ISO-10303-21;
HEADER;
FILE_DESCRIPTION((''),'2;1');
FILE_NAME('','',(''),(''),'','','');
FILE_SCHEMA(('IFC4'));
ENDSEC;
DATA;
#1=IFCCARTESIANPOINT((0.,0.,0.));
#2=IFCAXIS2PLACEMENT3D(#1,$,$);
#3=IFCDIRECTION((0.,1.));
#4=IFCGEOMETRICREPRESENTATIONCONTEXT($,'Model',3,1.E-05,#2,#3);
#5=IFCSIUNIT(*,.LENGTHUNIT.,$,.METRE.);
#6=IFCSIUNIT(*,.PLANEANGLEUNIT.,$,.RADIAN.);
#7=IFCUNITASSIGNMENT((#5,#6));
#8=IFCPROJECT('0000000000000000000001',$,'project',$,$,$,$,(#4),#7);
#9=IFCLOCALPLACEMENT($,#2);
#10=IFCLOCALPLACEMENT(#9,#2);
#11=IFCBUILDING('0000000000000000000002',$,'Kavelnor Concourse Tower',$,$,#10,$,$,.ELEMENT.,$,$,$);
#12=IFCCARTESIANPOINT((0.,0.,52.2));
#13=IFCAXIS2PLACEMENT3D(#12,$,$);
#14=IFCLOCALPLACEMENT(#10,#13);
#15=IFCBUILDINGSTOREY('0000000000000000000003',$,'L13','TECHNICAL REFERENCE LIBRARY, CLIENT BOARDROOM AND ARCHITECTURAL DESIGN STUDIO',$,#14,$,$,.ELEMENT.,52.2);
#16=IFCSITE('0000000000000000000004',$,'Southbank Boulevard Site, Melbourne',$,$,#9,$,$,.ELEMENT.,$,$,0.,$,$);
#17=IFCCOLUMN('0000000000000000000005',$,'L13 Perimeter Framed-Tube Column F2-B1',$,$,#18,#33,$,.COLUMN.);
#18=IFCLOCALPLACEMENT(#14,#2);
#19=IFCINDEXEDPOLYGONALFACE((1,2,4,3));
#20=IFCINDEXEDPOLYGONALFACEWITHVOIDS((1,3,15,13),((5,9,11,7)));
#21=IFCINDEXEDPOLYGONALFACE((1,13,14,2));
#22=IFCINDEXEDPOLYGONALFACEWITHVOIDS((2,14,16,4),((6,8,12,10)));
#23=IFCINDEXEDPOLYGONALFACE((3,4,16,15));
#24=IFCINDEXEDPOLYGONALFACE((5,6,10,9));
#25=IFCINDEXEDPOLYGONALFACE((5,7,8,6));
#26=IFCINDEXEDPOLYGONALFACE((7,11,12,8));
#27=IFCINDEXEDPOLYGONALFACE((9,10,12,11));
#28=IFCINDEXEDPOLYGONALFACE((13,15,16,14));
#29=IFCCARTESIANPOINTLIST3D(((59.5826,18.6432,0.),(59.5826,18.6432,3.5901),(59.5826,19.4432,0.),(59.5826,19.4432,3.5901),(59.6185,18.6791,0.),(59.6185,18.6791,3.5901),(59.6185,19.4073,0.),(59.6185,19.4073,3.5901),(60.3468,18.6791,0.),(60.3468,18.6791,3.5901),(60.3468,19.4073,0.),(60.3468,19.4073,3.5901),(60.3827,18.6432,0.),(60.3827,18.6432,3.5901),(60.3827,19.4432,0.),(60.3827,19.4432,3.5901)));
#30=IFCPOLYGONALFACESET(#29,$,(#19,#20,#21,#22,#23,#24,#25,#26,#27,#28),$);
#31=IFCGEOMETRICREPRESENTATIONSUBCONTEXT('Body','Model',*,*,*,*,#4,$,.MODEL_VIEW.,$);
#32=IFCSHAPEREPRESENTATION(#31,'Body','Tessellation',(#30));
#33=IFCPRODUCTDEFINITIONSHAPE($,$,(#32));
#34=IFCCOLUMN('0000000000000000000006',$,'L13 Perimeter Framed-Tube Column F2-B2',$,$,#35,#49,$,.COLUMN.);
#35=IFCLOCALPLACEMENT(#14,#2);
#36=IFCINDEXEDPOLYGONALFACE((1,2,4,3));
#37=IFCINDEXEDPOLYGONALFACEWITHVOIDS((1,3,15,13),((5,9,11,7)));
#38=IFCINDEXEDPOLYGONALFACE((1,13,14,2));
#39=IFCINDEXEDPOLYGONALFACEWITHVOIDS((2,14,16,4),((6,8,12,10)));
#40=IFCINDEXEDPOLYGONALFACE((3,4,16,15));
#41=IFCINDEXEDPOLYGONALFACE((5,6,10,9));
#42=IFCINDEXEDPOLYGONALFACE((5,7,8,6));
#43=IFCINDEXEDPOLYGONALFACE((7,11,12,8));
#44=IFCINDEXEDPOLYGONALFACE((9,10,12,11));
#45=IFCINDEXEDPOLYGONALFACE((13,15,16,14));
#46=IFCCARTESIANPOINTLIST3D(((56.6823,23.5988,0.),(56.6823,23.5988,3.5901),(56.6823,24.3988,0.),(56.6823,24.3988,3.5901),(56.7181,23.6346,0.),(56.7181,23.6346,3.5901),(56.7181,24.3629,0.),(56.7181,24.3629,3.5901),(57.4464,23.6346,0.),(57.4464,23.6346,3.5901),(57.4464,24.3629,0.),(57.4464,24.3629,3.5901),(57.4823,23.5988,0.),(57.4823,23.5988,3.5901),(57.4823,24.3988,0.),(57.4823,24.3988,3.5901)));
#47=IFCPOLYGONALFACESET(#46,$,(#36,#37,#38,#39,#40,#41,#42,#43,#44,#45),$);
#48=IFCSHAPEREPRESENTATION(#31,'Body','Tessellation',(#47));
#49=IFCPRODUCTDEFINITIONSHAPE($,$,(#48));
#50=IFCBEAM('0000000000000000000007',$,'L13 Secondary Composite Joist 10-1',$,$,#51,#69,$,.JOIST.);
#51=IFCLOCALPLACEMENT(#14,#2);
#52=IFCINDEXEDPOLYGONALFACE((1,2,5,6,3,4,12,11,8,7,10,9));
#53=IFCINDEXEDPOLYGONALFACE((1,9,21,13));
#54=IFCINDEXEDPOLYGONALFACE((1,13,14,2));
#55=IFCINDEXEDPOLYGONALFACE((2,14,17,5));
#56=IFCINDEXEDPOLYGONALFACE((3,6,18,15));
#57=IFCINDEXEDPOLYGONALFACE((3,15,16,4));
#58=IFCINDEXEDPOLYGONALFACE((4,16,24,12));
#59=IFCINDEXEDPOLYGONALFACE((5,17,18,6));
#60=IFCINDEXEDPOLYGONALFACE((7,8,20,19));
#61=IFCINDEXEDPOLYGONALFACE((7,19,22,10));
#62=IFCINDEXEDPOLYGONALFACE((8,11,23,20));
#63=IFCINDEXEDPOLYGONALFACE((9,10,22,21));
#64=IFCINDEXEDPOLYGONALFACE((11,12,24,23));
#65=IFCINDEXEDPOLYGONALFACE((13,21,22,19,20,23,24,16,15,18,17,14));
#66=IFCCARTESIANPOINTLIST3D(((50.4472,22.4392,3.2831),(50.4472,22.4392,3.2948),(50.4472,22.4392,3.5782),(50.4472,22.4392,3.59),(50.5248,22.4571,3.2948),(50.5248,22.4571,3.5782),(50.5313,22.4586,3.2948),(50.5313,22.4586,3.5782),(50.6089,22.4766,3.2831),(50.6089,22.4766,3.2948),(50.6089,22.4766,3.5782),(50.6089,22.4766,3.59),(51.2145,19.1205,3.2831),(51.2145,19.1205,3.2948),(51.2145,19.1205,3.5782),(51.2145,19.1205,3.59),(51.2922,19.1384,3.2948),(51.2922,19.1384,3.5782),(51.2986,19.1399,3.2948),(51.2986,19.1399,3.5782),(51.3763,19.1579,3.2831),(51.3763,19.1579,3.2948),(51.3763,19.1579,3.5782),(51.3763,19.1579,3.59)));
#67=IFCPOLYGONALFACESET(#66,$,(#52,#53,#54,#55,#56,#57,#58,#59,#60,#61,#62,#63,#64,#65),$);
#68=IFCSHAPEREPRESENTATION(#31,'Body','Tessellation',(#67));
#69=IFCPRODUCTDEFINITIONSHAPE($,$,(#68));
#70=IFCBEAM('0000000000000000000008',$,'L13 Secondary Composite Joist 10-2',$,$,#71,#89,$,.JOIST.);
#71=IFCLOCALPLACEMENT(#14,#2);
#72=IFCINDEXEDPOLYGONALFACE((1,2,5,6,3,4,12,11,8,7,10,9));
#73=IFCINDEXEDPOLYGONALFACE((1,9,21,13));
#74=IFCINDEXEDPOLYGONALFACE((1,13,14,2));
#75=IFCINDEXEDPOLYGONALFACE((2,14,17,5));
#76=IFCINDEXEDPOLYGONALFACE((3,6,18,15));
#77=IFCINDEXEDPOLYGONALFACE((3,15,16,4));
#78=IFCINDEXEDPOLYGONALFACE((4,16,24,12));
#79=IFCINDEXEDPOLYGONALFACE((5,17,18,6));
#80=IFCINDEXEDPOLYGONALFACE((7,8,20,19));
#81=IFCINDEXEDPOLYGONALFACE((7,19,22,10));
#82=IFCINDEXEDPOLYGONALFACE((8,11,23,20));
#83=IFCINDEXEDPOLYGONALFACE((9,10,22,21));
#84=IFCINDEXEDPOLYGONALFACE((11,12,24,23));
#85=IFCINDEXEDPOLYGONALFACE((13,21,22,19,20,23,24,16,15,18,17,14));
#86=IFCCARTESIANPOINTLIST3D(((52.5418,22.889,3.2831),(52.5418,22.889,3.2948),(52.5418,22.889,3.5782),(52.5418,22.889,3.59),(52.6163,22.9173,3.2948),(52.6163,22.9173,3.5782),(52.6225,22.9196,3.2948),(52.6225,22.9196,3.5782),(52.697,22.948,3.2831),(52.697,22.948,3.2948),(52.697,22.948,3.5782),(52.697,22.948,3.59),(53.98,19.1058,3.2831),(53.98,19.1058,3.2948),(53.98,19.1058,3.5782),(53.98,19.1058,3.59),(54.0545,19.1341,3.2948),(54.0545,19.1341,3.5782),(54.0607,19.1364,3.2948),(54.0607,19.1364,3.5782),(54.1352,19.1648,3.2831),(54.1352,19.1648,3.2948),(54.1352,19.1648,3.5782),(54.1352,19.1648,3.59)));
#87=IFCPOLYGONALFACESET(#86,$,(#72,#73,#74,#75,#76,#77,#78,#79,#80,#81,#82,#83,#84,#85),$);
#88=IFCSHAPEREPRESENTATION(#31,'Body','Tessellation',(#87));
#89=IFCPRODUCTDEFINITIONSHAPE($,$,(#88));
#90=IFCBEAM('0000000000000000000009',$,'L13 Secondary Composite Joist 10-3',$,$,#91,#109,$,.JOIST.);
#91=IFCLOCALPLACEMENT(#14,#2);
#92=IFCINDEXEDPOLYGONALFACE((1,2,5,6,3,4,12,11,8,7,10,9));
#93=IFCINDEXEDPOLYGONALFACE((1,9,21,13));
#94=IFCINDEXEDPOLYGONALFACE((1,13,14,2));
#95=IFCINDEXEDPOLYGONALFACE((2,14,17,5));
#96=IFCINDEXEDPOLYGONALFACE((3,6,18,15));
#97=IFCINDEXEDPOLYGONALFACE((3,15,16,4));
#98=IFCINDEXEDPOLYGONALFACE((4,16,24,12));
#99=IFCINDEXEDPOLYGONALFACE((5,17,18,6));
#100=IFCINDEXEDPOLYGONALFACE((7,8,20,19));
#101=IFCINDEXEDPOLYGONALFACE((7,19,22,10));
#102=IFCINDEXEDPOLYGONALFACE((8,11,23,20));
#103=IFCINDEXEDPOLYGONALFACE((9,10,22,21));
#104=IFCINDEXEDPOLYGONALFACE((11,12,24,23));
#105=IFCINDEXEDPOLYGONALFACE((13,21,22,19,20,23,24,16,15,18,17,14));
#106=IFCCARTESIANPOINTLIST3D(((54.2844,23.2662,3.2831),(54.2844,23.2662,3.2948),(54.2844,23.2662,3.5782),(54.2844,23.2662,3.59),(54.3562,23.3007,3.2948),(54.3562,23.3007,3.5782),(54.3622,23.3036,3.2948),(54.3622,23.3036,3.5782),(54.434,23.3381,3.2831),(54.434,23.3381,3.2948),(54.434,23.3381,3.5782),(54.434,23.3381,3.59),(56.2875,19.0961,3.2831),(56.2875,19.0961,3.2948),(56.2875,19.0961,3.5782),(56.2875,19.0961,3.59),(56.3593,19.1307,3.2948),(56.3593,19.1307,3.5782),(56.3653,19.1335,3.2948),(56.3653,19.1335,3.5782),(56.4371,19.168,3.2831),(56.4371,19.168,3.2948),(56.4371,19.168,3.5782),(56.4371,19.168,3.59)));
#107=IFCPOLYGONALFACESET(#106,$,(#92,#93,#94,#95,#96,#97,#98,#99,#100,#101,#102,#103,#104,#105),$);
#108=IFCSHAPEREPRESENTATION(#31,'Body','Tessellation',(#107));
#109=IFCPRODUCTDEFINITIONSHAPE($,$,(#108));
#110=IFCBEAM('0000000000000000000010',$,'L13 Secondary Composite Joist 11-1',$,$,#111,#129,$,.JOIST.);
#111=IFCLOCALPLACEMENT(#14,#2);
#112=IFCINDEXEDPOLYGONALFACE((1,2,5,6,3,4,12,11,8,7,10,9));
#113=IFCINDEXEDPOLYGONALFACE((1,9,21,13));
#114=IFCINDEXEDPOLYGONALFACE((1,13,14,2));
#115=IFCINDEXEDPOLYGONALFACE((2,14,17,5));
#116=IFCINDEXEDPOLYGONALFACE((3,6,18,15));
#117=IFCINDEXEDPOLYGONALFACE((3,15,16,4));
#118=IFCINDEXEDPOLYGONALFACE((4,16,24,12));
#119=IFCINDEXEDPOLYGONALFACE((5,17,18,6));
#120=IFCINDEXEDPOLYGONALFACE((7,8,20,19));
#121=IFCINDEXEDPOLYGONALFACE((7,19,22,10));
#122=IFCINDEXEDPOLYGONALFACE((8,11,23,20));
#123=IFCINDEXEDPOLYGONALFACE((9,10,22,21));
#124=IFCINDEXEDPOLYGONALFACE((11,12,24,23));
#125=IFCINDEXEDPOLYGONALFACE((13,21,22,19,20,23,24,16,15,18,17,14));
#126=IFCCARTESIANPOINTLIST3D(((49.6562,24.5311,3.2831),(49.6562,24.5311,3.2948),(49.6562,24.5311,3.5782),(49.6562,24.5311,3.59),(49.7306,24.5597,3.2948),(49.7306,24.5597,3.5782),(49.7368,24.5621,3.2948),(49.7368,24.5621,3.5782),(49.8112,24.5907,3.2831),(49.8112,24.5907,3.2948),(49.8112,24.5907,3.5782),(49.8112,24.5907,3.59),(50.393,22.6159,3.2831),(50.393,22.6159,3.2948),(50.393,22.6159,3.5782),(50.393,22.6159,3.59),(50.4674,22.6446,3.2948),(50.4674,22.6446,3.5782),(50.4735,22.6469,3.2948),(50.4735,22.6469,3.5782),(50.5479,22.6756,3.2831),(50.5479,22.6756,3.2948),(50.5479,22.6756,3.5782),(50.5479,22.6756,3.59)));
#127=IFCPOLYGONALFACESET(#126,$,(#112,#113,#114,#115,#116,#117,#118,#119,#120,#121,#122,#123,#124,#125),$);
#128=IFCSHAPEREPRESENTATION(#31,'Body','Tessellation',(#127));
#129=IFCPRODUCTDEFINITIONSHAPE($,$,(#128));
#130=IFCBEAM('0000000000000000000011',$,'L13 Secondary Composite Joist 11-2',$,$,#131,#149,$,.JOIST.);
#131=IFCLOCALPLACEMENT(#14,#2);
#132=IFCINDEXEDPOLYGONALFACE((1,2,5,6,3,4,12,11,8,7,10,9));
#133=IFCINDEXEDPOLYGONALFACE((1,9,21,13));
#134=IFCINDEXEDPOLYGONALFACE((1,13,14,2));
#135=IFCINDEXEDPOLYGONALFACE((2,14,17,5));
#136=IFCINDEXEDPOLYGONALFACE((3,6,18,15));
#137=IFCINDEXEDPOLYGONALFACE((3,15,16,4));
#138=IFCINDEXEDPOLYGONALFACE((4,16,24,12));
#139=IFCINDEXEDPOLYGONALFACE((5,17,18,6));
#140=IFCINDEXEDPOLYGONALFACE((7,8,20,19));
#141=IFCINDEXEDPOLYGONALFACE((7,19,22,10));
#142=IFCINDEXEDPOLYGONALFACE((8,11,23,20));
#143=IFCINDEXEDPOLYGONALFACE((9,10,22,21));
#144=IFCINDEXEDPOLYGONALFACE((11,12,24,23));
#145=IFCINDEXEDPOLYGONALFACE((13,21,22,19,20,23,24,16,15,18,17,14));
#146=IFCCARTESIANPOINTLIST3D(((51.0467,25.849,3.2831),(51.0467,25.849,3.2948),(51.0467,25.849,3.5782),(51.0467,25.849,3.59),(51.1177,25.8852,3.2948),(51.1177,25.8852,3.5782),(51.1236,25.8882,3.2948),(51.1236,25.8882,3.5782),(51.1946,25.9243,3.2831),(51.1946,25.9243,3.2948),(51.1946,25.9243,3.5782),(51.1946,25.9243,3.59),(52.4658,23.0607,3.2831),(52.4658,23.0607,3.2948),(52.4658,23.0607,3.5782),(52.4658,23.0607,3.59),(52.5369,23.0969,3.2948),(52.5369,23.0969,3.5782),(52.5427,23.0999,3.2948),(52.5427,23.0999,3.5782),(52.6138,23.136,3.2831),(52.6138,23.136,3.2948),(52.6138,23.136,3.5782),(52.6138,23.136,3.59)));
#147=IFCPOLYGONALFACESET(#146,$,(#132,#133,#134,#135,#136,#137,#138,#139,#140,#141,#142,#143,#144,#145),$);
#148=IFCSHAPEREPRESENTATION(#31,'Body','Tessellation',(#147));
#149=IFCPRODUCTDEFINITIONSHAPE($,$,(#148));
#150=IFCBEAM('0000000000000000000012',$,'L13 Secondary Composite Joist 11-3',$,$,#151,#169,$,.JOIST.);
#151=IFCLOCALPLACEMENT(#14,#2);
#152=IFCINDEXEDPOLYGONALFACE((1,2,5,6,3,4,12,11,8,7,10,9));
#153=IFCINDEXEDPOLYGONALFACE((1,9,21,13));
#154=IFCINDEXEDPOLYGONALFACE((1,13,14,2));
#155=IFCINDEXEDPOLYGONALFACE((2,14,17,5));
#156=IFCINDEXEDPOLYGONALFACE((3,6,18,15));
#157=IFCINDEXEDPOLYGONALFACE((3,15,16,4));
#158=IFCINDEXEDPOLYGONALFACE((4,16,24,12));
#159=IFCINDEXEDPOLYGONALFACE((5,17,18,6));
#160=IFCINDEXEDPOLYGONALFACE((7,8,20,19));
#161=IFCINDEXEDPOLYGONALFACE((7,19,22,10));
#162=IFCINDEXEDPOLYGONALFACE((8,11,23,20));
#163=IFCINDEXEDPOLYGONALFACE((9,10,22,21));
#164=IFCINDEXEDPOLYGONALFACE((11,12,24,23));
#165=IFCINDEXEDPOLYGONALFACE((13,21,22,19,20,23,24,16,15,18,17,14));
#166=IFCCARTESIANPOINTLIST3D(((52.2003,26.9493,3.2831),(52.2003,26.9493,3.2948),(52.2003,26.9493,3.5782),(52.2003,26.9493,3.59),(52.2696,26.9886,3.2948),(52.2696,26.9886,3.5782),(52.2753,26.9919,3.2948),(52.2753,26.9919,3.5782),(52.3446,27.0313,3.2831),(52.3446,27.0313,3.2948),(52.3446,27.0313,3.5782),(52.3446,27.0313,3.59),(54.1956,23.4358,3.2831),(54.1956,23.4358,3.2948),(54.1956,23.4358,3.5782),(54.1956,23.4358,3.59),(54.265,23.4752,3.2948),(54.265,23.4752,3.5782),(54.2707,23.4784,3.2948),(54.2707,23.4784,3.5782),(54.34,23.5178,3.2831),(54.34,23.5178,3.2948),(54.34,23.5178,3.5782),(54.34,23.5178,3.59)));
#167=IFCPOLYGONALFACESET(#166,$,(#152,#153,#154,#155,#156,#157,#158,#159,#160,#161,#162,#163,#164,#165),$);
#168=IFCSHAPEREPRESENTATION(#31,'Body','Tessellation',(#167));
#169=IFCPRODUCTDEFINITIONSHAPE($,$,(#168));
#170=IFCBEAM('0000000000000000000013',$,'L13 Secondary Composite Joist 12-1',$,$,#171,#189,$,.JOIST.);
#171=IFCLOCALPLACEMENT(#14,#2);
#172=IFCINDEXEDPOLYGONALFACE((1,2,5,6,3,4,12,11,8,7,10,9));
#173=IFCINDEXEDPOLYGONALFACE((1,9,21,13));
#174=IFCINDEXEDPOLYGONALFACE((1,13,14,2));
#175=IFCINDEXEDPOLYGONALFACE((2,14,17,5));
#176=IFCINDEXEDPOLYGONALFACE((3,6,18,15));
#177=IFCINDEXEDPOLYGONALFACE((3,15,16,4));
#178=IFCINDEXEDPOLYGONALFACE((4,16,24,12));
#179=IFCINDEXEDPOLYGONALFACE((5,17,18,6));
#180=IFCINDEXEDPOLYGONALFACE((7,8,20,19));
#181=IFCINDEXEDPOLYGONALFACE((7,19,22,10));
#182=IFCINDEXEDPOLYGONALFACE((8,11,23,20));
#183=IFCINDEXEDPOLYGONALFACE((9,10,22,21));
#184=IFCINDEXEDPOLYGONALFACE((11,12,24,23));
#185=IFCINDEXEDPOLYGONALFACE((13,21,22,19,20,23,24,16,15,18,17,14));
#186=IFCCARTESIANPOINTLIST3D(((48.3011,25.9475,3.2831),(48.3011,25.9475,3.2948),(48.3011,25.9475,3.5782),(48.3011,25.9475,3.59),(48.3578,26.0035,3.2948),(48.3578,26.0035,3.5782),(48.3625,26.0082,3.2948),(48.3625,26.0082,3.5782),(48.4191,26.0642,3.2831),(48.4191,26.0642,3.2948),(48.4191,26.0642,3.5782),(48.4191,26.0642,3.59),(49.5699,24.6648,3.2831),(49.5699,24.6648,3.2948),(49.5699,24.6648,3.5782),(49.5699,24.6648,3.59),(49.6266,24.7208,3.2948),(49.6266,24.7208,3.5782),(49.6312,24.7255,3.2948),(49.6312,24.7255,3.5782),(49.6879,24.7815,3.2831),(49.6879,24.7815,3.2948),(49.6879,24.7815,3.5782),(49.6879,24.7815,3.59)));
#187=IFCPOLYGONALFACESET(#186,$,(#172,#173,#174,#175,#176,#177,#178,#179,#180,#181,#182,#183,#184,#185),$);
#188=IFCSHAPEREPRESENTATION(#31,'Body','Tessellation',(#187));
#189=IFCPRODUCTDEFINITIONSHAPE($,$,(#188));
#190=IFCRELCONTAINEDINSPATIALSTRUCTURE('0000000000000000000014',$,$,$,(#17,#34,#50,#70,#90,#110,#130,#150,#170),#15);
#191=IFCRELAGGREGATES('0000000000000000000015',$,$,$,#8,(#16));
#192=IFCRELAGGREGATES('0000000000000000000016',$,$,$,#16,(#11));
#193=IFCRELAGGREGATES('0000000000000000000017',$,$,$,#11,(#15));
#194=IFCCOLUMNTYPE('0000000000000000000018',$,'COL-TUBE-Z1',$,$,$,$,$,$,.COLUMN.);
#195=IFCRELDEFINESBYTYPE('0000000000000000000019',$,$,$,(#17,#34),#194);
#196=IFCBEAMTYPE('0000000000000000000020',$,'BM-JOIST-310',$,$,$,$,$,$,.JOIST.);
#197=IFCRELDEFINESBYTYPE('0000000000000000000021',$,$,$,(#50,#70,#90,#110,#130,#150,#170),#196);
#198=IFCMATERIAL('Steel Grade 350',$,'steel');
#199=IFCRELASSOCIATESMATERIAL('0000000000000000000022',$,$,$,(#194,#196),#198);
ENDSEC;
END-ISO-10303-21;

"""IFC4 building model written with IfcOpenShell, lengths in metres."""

from ifc_helpers import new_model, si_unit, direction, frame, origin, origin_2d, place, context, subcontext, project, spatial, hollow_rectangle, i_section, extrude, material, material_profile, profile_set, type_object, element, save


model = new_model("IFC4")

# Units and contexts
model_context = context("Model", 3, precision=1e-05, world=origin(), true_north=direction((0.0, 1.0)))
body_context = subcontext(model_context, "Body", "Model", "MODEL_VIEW")
ifc_project = project(units=[si_unit("LENGTHUNIT", "METRE"), si_unit("PLANEANGLEUNIT", "RADIAN")], contexts=[model_context])

# Site, building, storey
site_placement = place(None, origin())
site = spatial("IfcSite", under=ifc_project, at=site_placement, Name="Southbank Boulevard Site, Melbourne", CompositionType="ELEMENT", RefElevation=0.0)
building_placement = place(site_placement, origin())
building = spatial("IfcBuilding", under=site, at=building_placement, Name="Kavelnor Concourse Tower", CompositionType="ELEMENT")
storey_placement = place(building_placement, frame((0.0, 0.0, 52.2)))
storey = spatial("IfcBuildingStorey", under=building, at=storey_placement, Name="L13", Description="TECHNICAL REFERENCE LIBRARY, CLIENT BOARDROOM AND ARCHITECTURAL DESIGN STUDIO", CompositionType="ELEMENT", Elevation=52.2)

# Columns
ifc_material_1 = material(Name="Steel Grade 350", Category="steel")
ifc_material_profile_1 = material_profile(ifc_material_1, hollow_rectangle(XDim=0.8, YDim=0.8, WallThickness=0.0359, at=origin_2d()), Name="SHS 800x800x36")
ifc_profile_set_1 = profile_set([ifc_material_profile_1], Name="Steel Grade 350")
column_type = type_object("IfcColumnType", Name="COL-TUBE-Z1", PredefinedType="COLUMN", material=ifc_profile_set_1)
for number, where, z_axis, x_axis, name in (
    (1, (59.9827, 19.0432, 0.0), (0.0, 0.0, 1.0), (1.0, 0.0, 0.0), "L13 Perimeter Framed-Tube Column F2-B1"),
    (2, (57.0823, 23.9988, 0.0), (0.0, 0.0, 1.0), (1.0, 0.0, 0.0), "L13 Perimeter Framed-Tube Column F2-B2"),
):
    element("IfcColumn", number, at=place(storey_placement, frame(where, z_axis=z_axis, x_axis=x_axis)), inside=storey, type_object=column_type, Name=name, PredefinedType="COLUMN", context=body_context, shape_type="SweptSolid", body=[
        extrude(hollow_rectangle(XDim=0.8, YDim=0.8, WallThickness=0.0359, at=origin_2d()), origin(), (0.0, 0.0, 1.0), 3.5901),
    ])

# Beams
ifc_material_profile_2 = material_profile(ifc_material_1, i_section(OverallWidth=0.166, OverallDepth=0.3069, WebThickness=0.0066, FlangeThickness=0.0117, at=origin_2d()), Name="310UB46")
ifc_profile_set_2 = profile_set([ifc_material_profile_2], Name="Steel Grade 350")
beam_type_1 = type_object("IfcBeamType", Name="BM-JOIST-310", PredefinedType="JOIST", material=ifc_profile_set_2)
beam_1_placement = place(storey_placement, frame((51.2954, 19.1392, 3.4365), z_axis=(-0.225278, 0.974294, 0.0), x_axis=(-0.974294, -0.225278, 0.0)))
element("IfcBeam", 3, at=beam_1_placement, inside=storey, type_object=beam_type_1, Name="L13 Secondary Composite Joist 10-1", PredefinedType="JOIST", context=body_context, shape_type="SweptSolid", body=[
    extrude(i_section(OverallWidth=0.166, OverallDepth=0.3069, WebThickness=0.0066, FlangeThickness=0.0117, at=origin_2d()), origin(), (0.0, 0.0, 1.0), 3.4062),
])
beam_2_placement = place(storey_placement, frame((54.0576, 19.1353, 3.4365), z_axis=(-0.355351, 0.934733, 0.0), x_axis=(-0.934733, -0.355351, 0.0)))
element("IfcBeam", 4, at=beam_2_placement, inside=storey, type_object=beam_type_1, Name="L13 Secondary Composite Joist 10-2", PredefinedType="JOIST", context=body_context, shape_type="SweptSolid", body=[
    extrude(i_section(OverallWidth=0.166, OverallDepth=0.3069, WebThickness=0.0066, FlangeThickness=0.0117, at=origin_2d()), origin(), (0.0, 0.0, 1.0), 4.0474),
])
beam_3_placement = place(storey_placement, frame((56.3623, 19.1321, 3.4365), z_axis=(-0.432994, 0.901397, 0.0), x_axis=(-0.901397, -0.432994, 0.0)))
element("IfcBeam", 5, at=beam_3_placement, inside=storey, type_object=beam_type_1, Name="L13 Secondary Composite Joist 10-3", PredefinedType="JOIST", context=body_context, shape_type="SweptSolid", body=[
    extrude(i_section(OverallWidth=0.166, OverallDepth=0.3069, WebThickness=0.0066, FlangeThickness=0.0117, at=origin_2d()), origin(), (0.0, 0.0, 1.0), 4.6262),
])
beam_4_placement = place(storey_placement, frame((50.4705, 22.6458, 3.4365), z_axis=(-0.359051, 0.933318, 0.0), x_axis=(-0.933318, -0.359051, 0.0)))
element("IfcBeam", 6, at=beam_4_placement, inside=storey, type_object=beam_type_1, Name="L13 Secondary Composite Joist 11-1", PredefinedType="JOIST", context=body_context, shape_type="SweptSolid", body=[
    extrude(i_section(OverallWidth=0.166, OverallDepth=0.3069, WebThickness=0.0066, FlangeThickness=0.0117, at=origin_2d()), origin(), (0.0, 0.0, 1.0), 2.052),
])
beam_5_placement = place(storey_placement, frame((52.5398, 23.0984, 3.4365), z_axis=(-0.453601, 0.891205, 0.0), x_axis=(-0.891205, -0.453601, 0.0)))
element("IfcBeam", 7, at=beam_5_placement, inside=storey, type_object=beam_type_1, Name="L13 Secondary Composite Joist 11-2", PredefinedType="JOIST", context=body_context, shape_type="SweptSolid", body=[
    extrude(i_section(OverallWidth=0.166, OverallDepth=0.3069, WebThickness=0.0066, FlangeThickness=0.0117, at=origin_2d()), origin(), (0.0, 0.0, 1.0), 3.1287),
])
beam_6_placement = place(storey_placement, frame((54.2678, 23.4768, 3.4365), z_axis=(-0.49384, 0.869553, 0.0), x_axis=(-0.869553, -0.49384, 0.0)))
element("IfcBeam", 8, at=beam_6_placement, inside=storey, type_object=beam_type_1, Name="L13 Secondary Composite Joist 11-3", PredefinedType="JOIST", context=body_context, shape_type="SweptSolid", body=[
    extrude(i_section(OverallWidth=0.166, OverallDepth=0.3069, WebThickness=0.0066, FlangeThickness=0.0117, at=origin_2d()), origin(), (0.0, 0.0, 1.0), 4.0405),
])
beam_7_placement = place(storey_placement, frame((49.6289, 24.7231, 3.4365), z_axis=(-0.70324, 0.710953, 0.0), x_axis=(-0.710953, -0.70324, 0.0)))
element("IfcBeam", 9, at=beam_7_placement, inside=storey, type_object=beam_type_1, Name="L13 Secondary Composite Joist 12-1", PredefinedType="JOIST", context=body_context, shape_type="SweptSolid", body=[
    extrude(i_section(OverallWidth=0.166, OverallDepth=0.3069, WebThickness=0.0066, FlangeThickness=0.0117, at=origin_2d()), origin(), (0.0, 0.0, 1.0), 1.8042),
])

save(model, "model.ifc")
